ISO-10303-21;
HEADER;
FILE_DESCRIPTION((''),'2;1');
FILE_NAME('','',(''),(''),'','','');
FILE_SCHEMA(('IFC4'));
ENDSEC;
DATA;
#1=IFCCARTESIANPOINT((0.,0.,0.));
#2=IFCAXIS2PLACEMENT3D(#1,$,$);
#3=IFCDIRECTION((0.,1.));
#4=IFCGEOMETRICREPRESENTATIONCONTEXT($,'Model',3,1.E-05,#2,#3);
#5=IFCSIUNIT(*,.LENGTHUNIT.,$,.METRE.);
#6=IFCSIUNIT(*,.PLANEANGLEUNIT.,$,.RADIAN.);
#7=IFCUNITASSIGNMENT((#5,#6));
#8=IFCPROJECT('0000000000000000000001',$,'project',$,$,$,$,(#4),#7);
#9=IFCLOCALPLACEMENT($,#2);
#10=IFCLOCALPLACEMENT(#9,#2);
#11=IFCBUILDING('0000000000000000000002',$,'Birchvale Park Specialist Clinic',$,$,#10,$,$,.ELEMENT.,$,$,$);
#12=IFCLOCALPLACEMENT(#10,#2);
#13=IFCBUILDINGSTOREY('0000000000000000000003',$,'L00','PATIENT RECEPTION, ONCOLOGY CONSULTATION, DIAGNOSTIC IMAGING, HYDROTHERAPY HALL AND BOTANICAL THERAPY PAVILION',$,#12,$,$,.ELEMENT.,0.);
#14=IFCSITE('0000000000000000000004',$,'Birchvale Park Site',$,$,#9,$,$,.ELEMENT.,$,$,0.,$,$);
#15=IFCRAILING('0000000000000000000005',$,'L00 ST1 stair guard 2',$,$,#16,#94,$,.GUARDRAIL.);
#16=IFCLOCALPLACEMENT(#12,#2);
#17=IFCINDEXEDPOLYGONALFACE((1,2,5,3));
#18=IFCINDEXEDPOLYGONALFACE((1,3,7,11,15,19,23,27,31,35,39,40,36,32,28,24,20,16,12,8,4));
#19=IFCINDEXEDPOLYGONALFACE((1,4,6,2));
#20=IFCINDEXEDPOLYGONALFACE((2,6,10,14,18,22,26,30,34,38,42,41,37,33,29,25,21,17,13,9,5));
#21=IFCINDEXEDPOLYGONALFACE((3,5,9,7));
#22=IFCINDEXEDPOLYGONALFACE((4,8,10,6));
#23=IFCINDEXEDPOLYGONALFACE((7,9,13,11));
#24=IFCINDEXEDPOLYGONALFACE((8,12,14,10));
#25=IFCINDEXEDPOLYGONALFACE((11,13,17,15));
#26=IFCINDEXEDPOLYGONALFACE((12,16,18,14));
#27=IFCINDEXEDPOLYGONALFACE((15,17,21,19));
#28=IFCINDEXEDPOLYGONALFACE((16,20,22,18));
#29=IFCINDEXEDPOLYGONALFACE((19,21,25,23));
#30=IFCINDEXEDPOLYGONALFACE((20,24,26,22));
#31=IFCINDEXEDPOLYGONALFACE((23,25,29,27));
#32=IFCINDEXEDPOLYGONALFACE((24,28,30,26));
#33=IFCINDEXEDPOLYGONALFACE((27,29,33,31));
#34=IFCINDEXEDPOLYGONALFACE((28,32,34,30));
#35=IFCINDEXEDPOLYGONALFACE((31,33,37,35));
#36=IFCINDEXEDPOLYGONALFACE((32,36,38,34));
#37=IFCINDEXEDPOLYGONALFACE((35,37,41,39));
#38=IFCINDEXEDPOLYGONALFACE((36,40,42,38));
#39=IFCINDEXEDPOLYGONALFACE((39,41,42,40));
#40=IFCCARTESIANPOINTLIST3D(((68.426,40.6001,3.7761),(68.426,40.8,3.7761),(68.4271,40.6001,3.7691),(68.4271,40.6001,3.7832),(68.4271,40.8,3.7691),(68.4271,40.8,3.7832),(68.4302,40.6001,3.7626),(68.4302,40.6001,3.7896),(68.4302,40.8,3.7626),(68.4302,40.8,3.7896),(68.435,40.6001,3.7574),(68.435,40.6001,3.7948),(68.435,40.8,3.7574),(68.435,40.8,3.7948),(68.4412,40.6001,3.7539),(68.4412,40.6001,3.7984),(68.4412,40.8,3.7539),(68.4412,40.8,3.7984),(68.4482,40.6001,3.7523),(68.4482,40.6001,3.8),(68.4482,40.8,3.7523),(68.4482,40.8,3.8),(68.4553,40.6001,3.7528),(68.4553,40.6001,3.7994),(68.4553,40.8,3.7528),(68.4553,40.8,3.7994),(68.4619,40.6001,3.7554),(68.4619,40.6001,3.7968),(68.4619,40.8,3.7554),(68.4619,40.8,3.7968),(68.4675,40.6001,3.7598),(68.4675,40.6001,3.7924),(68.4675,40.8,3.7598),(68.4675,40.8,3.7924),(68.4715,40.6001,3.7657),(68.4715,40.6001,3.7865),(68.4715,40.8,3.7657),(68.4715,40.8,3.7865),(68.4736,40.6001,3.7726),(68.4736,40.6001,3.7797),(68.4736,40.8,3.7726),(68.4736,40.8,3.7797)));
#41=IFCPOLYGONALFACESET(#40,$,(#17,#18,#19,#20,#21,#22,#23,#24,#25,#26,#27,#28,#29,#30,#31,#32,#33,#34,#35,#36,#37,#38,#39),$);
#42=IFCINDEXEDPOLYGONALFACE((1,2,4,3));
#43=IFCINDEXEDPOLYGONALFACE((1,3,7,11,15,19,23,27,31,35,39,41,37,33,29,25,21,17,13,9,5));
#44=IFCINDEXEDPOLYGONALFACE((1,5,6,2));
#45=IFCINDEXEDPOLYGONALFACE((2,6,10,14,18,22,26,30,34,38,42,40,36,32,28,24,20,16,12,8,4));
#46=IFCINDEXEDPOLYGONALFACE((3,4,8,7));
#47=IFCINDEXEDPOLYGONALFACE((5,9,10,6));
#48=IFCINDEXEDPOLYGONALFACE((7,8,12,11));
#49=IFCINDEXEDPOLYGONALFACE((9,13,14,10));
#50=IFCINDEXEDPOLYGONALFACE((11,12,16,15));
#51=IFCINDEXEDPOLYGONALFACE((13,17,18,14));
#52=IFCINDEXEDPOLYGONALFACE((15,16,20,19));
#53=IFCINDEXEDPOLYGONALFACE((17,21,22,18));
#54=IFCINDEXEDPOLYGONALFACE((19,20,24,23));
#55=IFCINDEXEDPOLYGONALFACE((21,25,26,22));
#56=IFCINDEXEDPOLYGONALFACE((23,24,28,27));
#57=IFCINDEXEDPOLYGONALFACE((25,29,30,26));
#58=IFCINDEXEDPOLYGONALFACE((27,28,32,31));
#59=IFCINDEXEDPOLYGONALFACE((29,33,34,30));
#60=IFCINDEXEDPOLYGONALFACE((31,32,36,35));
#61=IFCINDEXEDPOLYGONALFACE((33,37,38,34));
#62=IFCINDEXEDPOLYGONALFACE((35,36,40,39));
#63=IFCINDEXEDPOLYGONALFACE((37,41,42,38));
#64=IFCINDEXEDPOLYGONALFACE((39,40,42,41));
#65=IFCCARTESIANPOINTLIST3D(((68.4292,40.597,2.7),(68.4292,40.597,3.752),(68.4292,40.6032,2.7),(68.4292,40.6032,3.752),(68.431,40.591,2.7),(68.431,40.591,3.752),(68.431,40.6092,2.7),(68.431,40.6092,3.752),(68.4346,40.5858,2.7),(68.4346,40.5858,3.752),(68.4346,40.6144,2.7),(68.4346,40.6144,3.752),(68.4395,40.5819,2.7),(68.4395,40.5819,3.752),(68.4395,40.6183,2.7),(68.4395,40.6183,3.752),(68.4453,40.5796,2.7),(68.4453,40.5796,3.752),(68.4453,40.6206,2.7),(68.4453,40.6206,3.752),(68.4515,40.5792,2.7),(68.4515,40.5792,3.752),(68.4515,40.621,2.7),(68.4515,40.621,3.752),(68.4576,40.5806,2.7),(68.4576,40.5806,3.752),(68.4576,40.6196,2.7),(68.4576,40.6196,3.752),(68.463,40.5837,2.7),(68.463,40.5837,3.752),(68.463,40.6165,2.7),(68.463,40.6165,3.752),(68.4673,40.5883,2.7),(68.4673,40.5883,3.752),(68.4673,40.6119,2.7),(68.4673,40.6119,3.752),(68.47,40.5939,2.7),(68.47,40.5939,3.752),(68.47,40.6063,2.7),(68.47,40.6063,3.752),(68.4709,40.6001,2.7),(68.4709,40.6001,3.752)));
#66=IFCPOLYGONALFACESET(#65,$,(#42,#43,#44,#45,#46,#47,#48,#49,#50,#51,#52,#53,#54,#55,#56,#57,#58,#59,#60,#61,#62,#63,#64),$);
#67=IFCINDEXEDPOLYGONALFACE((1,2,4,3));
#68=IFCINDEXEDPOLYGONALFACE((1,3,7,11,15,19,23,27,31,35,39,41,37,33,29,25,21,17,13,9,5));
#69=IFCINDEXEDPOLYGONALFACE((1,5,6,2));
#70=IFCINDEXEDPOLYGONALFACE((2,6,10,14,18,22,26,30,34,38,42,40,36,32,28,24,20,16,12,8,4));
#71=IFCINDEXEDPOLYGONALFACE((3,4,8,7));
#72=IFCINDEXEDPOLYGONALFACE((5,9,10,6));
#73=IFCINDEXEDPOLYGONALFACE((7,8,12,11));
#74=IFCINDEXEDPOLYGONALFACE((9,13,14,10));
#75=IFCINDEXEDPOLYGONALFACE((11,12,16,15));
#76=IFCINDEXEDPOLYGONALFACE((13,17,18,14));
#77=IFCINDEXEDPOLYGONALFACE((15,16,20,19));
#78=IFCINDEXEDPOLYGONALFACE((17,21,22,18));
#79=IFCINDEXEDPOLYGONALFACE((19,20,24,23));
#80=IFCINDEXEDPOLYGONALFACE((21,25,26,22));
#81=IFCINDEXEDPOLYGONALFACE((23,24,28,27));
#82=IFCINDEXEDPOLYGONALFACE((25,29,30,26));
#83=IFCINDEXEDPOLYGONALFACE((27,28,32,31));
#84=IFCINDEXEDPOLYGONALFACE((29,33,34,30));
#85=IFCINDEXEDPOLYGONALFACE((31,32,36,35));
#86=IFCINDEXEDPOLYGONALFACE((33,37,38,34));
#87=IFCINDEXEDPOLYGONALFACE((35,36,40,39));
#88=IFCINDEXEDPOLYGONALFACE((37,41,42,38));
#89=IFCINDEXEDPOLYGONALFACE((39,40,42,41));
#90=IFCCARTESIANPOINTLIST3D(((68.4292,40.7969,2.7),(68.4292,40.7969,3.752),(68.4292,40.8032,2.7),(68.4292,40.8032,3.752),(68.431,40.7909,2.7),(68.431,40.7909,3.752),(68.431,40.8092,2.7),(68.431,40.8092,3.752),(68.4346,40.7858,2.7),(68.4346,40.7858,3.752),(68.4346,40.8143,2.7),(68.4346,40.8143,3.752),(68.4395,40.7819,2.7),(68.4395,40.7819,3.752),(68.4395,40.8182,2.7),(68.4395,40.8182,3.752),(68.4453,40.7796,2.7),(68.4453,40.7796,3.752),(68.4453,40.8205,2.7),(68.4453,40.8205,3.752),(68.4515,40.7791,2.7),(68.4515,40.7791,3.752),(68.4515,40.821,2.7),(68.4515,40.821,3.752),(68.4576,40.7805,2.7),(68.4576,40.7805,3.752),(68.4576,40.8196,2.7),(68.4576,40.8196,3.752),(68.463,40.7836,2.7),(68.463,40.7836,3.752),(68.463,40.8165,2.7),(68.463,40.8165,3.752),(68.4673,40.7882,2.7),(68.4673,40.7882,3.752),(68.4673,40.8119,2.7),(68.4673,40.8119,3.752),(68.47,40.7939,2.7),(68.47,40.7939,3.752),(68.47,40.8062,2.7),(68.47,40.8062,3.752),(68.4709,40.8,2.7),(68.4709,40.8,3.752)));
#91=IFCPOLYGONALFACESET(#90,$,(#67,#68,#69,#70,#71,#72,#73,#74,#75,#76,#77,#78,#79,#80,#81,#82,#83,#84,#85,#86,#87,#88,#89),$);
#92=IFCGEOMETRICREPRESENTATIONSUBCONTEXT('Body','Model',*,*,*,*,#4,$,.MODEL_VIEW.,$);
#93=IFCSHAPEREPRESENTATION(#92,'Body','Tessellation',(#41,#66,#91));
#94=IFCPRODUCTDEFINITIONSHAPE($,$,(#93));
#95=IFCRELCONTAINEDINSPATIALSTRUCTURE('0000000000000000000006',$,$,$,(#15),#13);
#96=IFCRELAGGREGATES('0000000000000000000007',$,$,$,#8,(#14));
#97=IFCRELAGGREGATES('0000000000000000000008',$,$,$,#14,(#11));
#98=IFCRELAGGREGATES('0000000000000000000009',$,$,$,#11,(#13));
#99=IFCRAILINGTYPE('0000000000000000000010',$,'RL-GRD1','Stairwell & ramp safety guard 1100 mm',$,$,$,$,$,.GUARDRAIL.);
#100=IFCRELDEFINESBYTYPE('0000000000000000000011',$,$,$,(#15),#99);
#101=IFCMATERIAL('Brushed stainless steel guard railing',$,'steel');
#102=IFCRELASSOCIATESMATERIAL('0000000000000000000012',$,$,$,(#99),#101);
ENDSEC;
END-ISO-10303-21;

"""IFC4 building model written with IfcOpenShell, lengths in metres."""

from ifc_helpers import new_model, si_unit, direction, frame, origin, origin_2d, place, context, subcontext, project, spatial, circle, extrude, material, type_object, element, save


model = new_model("IFC4")

# Units and contexts
model_context = context("Model", 3, precision=1e-05, world=origin(), true_north=direction((0.0, 1.0)))
body_context = subcontext(model_context, "Body", "Model", "MODEL_VIEW")
ifc_project = project(units=[si_unit("LENGTHUNIT", "METRE"), si_unit("PLANEANGLEUNIT", "RADIAN")], contexts=[model_context])

# Site, building, storey
site_placement = place(None, origin())
site = spatial("IfcSite", under=ifc_project, at=site_placement, Name="Birchvale Park Site", CompositionType="ELEMENT", RefElevation=0.0)
building_placement = place(site_placement, origin())
building = spatial("IfcBuilding", under=site, at=building_placement, Name="Birchvale Park Specialist Clinic", CompositionType="ELEMENT")
storey_placement = place(building_placement, origin())
storey = spatial("IfcBuildingStorey", under=building, at=storey_placement, Name="L00", Description="PATIENT RECEPTION, ONCOLOGY CONSULTATION, DIAGNOSTIC IMAGING, HYDROTHERAPY HALL AND BOTANICAL THERAPY PAVILION", CompositionType="ELEMENT", Elevation=0.0)

# Railing
ifc_material_1 = material(Name="Brushed stainless steel guard railing", Category="steel")
railing_type_1 = type_object("IfcRailingType", Name="RL-GRD1", Description="Stairwell & ramp safety guard 1100 mm", PredefinedType="GUARDRAIL", material=ifc_material_1)
railing_1_placement = place(storey_placement, frame((68.45, 40.6001, 2.7)))
element("IfcRailing", 1, at=railing_1_placement, inside=storey, type_object=railing_type_1, Name="L00 ST1 stair guard 2", PredefinedType="GUARDRAIL", context=body_context, shape_type="SweptSolid", body=[
    extrude(circle(Radius=0.0239, at=origin_2d()), frame((0.0, 0.0, 1.0762), z_axis=(0.0, 1.0, 0.0), x_axis=(-1.0, 0.0, 0.0)), (0.0, 0.0, 1.0), 0.2),
    extrude(circle(Radius=0.021, at=origin_2d()), origin(), (0.0, 0.0, 1.0), 1.052),
    extrude(circle(Radius=0.021, at=origin_2d()), frame((0.0, 0.2, 0.0)), (0.0, 0.0, 1.0), 1.052),
])

save(model, "model.ifc")
